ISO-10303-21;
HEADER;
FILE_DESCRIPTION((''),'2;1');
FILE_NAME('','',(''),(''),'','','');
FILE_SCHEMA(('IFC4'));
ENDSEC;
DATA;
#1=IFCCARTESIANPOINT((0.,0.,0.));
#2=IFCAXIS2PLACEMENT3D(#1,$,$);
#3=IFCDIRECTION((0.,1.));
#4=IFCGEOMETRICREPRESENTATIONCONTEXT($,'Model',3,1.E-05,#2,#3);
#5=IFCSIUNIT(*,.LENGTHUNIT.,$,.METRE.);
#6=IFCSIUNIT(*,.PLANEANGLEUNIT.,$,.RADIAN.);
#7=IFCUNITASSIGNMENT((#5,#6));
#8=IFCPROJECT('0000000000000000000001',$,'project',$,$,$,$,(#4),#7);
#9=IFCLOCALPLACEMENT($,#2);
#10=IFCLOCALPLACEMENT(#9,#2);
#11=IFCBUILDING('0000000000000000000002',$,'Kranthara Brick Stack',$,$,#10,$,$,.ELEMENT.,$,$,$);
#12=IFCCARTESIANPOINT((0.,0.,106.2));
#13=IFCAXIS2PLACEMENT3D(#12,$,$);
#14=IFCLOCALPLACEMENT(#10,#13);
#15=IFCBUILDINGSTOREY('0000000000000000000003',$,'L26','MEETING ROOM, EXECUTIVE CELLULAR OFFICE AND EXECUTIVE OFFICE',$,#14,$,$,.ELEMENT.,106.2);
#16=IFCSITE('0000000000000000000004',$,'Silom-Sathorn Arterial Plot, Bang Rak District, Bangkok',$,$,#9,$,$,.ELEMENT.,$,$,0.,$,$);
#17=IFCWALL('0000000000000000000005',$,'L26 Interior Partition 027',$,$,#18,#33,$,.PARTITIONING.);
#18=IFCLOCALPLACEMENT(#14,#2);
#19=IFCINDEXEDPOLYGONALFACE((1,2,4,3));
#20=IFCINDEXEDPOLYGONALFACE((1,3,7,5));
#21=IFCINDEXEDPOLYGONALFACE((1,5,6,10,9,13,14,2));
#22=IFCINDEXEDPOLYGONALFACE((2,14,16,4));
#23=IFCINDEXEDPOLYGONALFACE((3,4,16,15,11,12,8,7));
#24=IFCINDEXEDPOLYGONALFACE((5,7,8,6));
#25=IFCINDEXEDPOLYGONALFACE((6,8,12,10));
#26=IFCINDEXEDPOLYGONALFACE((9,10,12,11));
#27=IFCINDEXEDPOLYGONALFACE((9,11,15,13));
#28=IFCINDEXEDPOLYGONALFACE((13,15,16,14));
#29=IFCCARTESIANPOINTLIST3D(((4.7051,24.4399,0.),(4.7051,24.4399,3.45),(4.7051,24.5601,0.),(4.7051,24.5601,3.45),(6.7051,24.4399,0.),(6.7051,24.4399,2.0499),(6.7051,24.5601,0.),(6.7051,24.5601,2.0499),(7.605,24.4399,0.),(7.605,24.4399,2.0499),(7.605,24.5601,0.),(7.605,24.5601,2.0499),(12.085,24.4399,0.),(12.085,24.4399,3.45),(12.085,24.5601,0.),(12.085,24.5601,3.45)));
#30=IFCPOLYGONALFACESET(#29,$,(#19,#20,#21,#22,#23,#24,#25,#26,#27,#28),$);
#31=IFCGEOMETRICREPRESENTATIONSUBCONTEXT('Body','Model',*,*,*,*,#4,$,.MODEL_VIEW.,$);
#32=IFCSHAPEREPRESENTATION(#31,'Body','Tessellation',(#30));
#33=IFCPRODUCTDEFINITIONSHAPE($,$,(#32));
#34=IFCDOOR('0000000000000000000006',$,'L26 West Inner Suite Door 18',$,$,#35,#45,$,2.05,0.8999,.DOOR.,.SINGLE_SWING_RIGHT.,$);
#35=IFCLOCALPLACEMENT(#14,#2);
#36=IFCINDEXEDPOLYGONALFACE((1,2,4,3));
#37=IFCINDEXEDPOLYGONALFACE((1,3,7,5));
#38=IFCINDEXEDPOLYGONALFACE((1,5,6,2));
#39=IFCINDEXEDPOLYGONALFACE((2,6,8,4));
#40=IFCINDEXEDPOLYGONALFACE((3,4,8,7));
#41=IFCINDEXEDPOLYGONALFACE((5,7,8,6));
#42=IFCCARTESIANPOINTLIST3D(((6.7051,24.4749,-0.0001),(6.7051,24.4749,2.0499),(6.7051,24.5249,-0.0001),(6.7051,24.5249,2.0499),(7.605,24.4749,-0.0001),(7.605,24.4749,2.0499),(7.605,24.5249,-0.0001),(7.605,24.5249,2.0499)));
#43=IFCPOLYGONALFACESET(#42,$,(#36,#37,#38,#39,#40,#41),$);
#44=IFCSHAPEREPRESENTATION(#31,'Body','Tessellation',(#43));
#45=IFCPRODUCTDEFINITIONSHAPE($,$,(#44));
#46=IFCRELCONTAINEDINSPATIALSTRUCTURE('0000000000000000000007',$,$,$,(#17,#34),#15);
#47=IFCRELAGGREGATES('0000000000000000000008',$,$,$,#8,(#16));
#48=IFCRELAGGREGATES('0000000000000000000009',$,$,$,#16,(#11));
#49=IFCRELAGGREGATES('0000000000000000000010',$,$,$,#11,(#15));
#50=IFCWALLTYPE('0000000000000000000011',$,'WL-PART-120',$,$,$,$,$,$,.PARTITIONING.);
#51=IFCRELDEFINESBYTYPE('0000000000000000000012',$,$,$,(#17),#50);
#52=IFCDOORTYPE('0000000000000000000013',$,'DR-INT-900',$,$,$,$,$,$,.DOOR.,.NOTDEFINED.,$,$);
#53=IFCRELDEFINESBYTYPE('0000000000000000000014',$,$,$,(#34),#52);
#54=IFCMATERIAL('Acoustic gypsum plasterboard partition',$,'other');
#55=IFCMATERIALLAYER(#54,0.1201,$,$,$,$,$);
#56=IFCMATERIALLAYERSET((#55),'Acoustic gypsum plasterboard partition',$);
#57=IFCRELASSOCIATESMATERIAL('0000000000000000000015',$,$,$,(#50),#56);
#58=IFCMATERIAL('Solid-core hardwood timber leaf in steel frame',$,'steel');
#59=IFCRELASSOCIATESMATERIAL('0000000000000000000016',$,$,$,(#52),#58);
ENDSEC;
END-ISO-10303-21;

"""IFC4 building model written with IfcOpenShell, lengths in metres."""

from ifc_helpers import new_model, si_unit, direction, frame, frame_2d, origin, place, context, subcontext, project, spatial, rectangle, extrude, material, layer, layer_set, type_object, element, fill, save


model = new_model("IFC4")

# Units and contexts
model_context = context("Model", 3, precision=1e-05, world=origin(), true_north=direction((0.0, 1.0)))
body_context = subcontext(model_context, "Body", "Model", "MODEL_VIEW")
ifc_project = project(units=[si_unit("LENGTHUNIT", "METRE"), si_unit("PLANEANGLEUNIT", "RADIAN")], contexts=[model_context])

# Site, building, storey
site_placement = place(None, origin())
site = spatial("IfcSite", under=ifc_project, at=site_placement, Name="Silom-Sathorn Arterial Plot, Bang Rak District, Bangkok", CompositionType="ELEMENT", RefElevation=0.0)
building_placement = place(site_placement, origin())
building = spatial("IfcBuilding", under=site, at=building_placement, Name="Kranthara Brick Stack", CompositionType="ELEMENT")
storey_placement = place(building_placement, frame((0.0, 0.0, 106.2)))
storey = spatial("IfcBuildingStorey", under=building, at=storey_placement, Name="L26", Description="MEETING ROOM, EXECUTIVE CELLULAR OFFICE AND EXECUTIVE OFFICE", CompositionType="ELEMENT", Elevation=106.2)

# Shared definitions
ifc_material_1 = material(Name="Acoustic gypsum plasterboard partition", Category="other")
ifc_layer_1 = layer(ifc_material_1, 0.1201)
ifc_layer_set_1 = layer_set([ifc_layer_1], Name="Acoustic gypsum plasterboard partition")
wall_type_1 = type_object("IfcWallType", Name="WL-PART-120", PredefinedType="PARTITIONING", material=ifc_layer_set_1)

# Wall, opening, door
wall_1_placement = place(storey_placement, frame((4.7051, 24.5, 0.0), z_axis=(0.0, 0.0, 1.0), x_axis=(1.0, 0.0, 0.0)))
wall_1 = element("IfcWall", 1, at=wall_1_placement, inside=storey, type_object=wall_type_1, Name="L26 Interior Partition 027", PredefinedType="PARTITIONING", context=body_context, shape_type="SweptSolid", body=[
    extrude(rectangle(XDim=7.3799, YDim=0.1201, at=frame_2d((3.6899, 0.0))), origin(), (0.0, 0.0, 1.0), 3.45),
])
opening_1_placement = place(wall_1_placement, frame((2.0, 0.0, 0.0)))
opening_1 = element("IfcOpeningElement", 2, at=opening_1_placement, cuts=wall_1, PredefinedType="OPENING", context=body_context, shape_type="SweptSolid", body=[
    extrude(rectangle(XDim=0.8999, YDim=2.05, at=frame_2d((0.45, 1.0249))), frame((0.0, 0.0701, 0.0), z_axis=(0.0, -1.0, 0.0), x_axis=(1.0, 0.0, 0.0)), (0.0, 0.0, 1.0), 0.1401),
])
ifc_material_2 = material(Name="Solid-core hardwood timber leaf in steel frame", Category="steel")
door_type_1 = type_object("IfcDoorType", Name="DR-INT-900", OperationType="NOTDEFINED", PredefinedType="DOOR", material=ifc_material_2)
door_1_placement = place(opening_1_placement, origin())
door_1 = element("IfcDoor", 3, at=door_1_placement, inside=storey, type_object=door_type_1, Name="L26 West Inner Suite Door 18", OperationType="SINGLE_SWING_RIGHT", OverallHeight=2.05, OverallWidth=0.8999, PredefinedType="DOOR", context=body_context, shape_type="SweptSolid", body=[
    extrude(rectangle(XDim=0.8999, YDim=2.05, at=frame_2d((0.45, 1.0249))), frame((0.0, 0.0249, 0.0), z_axis=(0.0, -1.0, 0.0), x_axis=(1.0, 0.0, 0.0)), (0.0, 0.0, 1.0), 0.05),
])
fill(opening_1, door_1)

save(model, "model.ifc")
